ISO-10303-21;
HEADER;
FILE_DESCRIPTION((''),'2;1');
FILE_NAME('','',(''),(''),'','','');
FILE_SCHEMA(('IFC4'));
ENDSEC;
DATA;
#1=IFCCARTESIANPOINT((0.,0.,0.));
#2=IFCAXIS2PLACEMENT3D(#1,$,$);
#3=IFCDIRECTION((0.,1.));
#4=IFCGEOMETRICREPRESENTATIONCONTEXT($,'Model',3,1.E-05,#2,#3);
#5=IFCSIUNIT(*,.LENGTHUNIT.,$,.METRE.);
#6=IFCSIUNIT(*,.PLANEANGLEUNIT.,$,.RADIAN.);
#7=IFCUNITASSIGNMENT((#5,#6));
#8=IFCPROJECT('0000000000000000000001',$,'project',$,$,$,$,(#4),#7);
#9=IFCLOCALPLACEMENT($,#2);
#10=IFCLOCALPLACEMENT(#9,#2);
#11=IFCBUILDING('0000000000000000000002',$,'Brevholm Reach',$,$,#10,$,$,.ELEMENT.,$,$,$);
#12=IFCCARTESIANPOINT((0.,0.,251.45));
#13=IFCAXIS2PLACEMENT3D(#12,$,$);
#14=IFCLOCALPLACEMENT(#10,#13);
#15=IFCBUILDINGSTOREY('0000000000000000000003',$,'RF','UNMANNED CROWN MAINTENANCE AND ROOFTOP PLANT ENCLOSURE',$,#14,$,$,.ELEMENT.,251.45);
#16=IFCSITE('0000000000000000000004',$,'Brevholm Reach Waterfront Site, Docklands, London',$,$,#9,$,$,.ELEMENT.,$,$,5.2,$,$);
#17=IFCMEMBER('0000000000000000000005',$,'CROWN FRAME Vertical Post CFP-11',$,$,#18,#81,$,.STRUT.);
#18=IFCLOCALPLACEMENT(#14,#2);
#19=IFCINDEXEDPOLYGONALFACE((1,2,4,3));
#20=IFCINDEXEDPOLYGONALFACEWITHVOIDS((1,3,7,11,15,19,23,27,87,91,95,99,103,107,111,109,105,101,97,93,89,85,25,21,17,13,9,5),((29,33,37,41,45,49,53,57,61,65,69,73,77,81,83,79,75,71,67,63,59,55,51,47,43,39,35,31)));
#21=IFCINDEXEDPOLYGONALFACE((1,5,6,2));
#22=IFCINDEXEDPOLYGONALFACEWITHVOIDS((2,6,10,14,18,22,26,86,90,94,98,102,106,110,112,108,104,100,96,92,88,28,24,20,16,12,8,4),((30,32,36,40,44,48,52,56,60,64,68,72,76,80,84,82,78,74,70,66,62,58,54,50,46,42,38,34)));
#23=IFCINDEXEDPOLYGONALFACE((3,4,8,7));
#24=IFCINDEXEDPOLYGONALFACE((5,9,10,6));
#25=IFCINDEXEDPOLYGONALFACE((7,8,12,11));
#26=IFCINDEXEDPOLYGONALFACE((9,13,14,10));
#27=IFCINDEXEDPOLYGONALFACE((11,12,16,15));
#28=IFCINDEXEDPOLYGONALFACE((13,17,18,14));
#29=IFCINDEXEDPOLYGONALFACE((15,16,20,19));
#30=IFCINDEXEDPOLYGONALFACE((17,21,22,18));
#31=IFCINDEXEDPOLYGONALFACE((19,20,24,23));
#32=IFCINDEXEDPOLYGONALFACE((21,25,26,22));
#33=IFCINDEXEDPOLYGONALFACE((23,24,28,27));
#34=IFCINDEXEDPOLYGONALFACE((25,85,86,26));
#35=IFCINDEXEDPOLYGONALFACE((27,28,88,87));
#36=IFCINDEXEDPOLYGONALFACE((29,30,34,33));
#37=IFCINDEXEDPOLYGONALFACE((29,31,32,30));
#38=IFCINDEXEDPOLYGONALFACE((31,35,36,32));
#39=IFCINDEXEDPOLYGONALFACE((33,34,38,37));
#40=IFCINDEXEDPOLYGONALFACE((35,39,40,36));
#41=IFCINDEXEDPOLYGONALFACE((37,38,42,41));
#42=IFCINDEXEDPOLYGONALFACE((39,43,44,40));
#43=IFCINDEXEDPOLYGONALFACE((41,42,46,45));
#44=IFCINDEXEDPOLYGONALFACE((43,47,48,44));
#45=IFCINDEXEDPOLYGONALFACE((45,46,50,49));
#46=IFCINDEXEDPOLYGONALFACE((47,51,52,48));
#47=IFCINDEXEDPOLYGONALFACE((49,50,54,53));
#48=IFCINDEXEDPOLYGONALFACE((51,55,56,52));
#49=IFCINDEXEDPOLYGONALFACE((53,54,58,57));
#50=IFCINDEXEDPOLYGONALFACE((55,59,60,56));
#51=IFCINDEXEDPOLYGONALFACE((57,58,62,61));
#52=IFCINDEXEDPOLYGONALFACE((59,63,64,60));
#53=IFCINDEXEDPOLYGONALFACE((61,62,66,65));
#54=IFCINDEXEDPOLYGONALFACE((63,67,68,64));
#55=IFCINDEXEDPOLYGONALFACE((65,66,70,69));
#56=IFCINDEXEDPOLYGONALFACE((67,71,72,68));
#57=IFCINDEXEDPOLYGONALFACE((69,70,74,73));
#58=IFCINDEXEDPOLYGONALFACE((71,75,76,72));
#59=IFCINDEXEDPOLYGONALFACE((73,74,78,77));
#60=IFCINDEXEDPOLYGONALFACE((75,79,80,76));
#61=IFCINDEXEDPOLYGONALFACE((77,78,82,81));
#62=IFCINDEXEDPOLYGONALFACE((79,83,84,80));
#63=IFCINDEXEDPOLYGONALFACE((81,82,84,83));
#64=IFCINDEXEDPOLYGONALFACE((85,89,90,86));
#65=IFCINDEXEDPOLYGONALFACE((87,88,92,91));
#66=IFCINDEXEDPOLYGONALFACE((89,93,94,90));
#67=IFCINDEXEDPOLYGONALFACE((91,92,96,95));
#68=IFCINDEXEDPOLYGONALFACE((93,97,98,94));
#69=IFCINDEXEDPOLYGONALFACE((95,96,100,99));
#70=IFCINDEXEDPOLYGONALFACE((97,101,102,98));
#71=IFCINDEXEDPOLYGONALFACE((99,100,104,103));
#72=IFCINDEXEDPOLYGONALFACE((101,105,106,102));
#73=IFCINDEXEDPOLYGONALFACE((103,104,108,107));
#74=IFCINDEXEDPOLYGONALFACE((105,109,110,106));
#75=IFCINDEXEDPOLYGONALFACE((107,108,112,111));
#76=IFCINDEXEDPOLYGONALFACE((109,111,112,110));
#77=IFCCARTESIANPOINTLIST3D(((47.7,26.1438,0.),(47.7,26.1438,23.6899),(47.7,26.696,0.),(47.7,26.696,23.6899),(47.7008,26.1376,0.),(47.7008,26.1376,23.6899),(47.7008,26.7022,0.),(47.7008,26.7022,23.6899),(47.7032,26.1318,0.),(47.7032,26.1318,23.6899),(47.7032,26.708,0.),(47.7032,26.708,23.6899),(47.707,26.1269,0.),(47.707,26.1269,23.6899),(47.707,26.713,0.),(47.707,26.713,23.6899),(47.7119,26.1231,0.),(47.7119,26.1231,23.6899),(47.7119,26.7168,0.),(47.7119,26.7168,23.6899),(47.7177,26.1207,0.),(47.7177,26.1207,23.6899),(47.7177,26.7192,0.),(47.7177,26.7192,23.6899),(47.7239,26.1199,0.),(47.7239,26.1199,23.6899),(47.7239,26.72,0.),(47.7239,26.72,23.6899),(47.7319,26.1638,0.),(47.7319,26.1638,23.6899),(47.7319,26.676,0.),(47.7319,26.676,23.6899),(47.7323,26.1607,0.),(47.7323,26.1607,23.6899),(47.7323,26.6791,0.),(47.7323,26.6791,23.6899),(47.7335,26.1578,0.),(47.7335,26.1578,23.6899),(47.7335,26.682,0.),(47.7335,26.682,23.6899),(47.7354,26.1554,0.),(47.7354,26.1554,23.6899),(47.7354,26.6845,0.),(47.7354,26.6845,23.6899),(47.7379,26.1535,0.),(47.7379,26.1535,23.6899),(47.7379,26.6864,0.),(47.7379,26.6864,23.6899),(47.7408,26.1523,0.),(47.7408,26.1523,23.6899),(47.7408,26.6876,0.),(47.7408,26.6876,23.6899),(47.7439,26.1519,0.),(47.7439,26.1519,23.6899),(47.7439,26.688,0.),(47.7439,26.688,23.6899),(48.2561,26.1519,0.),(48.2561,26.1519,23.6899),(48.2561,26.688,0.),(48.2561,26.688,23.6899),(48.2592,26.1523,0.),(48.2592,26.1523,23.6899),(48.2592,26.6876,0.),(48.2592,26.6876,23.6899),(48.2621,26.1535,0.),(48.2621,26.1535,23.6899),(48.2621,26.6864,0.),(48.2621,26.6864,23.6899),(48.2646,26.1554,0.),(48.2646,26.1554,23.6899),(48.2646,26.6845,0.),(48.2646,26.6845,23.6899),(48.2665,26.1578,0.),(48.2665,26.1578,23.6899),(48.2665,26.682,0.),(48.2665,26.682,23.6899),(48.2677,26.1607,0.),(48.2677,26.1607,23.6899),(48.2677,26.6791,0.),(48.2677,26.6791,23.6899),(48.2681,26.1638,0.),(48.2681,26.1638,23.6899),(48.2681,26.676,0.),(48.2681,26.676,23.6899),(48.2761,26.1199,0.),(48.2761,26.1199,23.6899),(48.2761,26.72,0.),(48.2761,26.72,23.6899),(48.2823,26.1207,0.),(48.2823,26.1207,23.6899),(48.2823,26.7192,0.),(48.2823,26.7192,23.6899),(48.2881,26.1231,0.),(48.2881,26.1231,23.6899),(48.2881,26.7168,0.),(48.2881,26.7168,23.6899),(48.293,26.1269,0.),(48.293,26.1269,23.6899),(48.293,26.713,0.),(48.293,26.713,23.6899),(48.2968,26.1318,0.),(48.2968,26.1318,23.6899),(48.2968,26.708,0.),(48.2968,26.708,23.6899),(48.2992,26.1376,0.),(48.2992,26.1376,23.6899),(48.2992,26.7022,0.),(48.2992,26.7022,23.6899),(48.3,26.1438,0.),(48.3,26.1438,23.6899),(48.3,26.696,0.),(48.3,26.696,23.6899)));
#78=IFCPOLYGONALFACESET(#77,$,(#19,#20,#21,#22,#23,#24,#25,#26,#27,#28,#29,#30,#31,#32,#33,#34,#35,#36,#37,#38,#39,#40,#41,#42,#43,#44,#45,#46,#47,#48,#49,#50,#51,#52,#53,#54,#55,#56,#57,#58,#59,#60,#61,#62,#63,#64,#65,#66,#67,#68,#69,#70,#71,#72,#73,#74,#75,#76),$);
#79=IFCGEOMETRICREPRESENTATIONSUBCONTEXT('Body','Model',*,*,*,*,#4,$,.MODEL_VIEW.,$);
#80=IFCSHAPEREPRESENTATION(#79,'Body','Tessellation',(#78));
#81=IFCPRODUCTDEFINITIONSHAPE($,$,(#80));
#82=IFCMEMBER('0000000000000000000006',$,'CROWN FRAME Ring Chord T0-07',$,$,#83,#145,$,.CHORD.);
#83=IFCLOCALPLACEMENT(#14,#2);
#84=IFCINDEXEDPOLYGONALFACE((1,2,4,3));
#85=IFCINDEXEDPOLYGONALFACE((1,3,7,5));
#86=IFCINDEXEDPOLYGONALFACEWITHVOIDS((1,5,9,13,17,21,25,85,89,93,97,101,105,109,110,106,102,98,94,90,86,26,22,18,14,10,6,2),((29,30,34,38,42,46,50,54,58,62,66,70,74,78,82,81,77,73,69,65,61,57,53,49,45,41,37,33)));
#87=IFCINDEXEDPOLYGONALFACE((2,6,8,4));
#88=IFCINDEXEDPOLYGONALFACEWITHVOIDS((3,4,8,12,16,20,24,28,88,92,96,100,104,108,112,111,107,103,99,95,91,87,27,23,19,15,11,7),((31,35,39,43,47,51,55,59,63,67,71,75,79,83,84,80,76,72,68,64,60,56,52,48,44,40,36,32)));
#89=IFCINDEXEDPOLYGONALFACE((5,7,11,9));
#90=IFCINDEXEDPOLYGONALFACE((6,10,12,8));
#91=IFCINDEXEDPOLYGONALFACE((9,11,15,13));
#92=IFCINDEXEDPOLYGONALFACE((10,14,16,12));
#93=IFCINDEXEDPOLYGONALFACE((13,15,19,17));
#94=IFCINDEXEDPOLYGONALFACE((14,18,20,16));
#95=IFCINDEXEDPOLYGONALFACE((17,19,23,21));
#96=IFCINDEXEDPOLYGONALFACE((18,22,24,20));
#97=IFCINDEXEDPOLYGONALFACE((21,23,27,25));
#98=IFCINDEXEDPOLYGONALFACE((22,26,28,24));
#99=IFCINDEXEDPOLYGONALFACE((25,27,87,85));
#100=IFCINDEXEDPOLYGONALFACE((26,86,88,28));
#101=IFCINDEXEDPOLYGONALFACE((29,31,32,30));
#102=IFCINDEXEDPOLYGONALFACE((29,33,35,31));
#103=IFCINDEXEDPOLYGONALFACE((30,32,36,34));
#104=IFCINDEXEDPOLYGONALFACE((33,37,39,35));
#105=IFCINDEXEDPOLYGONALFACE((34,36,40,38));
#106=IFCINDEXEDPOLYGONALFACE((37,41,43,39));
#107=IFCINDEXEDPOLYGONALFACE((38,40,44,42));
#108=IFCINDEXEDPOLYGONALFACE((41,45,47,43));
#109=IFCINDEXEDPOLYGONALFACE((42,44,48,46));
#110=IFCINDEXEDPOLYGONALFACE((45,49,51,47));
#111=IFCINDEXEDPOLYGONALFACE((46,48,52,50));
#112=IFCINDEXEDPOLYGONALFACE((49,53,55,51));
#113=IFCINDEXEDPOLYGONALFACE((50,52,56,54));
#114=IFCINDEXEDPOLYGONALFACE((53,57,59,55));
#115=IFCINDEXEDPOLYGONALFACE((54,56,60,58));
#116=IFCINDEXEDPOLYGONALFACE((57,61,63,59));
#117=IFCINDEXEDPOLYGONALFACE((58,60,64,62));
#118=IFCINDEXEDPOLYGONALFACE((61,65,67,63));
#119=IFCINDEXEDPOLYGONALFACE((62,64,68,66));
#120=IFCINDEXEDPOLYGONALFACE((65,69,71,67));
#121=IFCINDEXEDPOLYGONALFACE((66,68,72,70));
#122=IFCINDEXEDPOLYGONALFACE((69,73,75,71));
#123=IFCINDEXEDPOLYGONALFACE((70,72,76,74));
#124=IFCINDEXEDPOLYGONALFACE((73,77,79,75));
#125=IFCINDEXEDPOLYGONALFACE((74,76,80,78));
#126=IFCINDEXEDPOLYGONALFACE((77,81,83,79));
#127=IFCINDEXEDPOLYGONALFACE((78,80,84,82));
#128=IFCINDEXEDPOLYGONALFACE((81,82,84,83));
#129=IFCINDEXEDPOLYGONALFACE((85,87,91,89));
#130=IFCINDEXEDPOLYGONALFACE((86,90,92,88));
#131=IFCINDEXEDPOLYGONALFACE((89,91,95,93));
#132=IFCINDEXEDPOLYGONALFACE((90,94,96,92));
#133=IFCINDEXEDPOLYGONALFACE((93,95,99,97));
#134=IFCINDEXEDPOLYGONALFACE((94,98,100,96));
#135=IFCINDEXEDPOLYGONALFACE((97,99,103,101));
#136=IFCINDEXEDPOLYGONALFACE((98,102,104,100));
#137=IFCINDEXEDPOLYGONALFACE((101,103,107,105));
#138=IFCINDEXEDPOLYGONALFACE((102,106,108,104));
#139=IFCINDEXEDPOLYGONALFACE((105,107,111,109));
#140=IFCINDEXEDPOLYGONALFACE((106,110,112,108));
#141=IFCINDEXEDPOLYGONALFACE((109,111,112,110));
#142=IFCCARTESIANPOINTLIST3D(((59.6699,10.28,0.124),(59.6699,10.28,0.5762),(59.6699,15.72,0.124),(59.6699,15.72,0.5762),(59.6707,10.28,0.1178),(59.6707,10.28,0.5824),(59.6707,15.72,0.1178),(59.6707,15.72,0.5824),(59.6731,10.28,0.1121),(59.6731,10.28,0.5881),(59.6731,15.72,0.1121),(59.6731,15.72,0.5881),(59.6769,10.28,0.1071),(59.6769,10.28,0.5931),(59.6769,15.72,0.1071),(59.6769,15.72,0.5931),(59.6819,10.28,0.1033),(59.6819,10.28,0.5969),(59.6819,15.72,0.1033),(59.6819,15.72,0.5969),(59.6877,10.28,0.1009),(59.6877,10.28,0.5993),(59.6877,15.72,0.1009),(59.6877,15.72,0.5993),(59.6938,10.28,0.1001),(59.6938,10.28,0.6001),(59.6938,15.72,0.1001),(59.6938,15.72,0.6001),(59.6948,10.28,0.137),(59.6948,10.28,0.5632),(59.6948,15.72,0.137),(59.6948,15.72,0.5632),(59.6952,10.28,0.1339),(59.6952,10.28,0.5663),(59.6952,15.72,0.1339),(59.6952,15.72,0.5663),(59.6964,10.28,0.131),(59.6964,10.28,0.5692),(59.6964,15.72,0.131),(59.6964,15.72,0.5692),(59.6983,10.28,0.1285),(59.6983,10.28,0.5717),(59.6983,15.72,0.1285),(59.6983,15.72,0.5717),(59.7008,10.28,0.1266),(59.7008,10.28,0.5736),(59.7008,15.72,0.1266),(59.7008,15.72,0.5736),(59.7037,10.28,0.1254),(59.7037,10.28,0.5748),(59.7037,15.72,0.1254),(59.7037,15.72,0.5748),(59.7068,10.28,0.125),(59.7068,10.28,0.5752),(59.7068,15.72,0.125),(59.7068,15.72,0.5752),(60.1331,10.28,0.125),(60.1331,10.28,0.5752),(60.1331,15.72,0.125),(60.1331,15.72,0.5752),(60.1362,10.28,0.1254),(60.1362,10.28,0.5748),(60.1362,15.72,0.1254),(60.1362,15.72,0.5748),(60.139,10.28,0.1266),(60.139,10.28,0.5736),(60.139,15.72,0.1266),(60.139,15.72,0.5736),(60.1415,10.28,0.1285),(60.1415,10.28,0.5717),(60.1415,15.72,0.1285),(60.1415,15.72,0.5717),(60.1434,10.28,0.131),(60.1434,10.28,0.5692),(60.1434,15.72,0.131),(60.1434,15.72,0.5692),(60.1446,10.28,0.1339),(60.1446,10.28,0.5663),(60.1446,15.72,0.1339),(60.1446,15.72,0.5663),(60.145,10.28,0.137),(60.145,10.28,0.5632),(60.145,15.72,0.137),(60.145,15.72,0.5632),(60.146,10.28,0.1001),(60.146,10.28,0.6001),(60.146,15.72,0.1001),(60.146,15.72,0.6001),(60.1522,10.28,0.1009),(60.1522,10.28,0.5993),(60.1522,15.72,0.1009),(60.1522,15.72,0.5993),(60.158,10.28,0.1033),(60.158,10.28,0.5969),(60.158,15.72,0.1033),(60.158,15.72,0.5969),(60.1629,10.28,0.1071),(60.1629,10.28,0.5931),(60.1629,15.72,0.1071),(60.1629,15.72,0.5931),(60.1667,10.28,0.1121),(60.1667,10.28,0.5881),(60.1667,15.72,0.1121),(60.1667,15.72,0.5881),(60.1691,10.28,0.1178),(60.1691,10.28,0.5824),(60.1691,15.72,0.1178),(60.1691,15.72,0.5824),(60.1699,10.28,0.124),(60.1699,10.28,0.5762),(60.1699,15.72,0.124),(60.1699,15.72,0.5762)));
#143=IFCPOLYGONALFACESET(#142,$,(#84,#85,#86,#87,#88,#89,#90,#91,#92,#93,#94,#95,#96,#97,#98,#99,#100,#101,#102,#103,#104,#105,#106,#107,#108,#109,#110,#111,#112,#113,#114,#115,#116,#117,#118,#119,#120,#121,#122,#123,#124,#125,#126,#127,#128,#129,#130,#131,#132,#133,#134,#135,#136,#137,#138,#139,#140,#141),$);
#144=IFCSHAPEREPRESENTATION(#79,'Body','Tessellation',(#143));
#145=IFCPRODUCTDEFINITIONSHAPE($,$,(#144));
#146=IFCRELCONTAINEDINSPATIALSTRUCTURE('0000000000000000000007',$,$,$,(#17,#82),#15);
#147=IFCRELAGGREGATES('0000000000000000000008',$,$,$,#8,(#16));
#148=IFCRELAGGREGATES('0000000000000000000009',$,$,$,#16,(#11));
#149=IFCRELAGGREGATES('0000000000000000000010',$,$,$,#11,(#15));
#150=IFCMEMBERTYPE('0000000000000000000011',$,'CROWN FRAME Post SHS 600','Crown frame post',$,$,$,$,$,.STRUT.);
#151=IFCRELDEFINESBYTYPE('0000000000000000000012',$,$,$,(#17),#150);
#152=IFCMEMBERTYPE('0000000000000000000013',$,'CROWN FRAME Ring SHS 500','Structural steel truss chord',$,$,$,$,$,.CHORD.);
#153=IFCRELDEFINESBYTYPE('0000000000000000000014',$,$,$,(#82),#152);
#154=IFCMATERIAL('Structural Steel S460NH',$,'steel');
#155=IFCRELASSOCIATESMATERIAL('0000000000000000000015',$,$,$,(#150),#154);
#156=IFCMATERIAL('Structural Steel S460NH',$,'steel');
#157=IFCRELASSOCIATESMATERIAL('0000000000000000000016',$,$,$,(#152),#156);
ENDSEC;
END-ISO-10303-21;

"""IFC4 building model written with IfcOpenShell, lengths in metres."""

from ifc_helpers import new_model, si_unit, direction, frame, origin, origin_2d, place, context, subcontext, project, spatial, hollow_rectangle, extrude, material, material_profile, profile_set, type_object, element, save


model = new_model("IFC4")

# Units and contexts
model_context = context("Model", 3, precision=1e-05, world=origin(), true_north=direction((0.0, 1.0)))
body_context = subcontext(model_context, "Body", "Model", "MODEL_VIEW")
ifc_project = project(units=[si_unit("LENGTHUNIT", "METRE"), si_unit("PLANEANGLEUNIT", "RADIAN")], contexts=[model_context])

# Site, building, storey
site_placement = place(None, origin())
site = spatial("IfcSite", under=ifc_project, at=site_placement, Name="Brevholm Reach Waterfront Site, Docklands, London", CompositionType="ELEMENT", RefElevation=5.2)
building_placement = place(site_placement, origin())
building = spatial("IfcBuilding", under=site, at=building_placement, Name="Brevholm Reach", CompositionType="ELEMENT")
storey_placement = place(building_placement, frame((0.0, 0.0, 251.45)))
storey = spatial("IfcBuildingStorey", under=building, at=storey_placement, Name="RF", Description="UNMANNED CROWN MAINTENANCE AND ROOFTOP PLANT ENCLOSURE", CompositionType="ELEMENT", Elevation=251.45)

# Members
ifc_material_1 = material(Name="Structural Steel S460NH", Category="steel")
ifc_material_profile_1 = material_profile(ifc_material_1, hollow_rectangle(XDim=0.6001, YDim=0.6001, WallThickness=0.032, InnerFilletRadius=0.012, OuterFilletRadius=0.0239, at=origin_2d()), Name="SHS 600x600x32")
ifc_profile_set_1 = profile_set([ifc_material_profile_1], Name="Structural Steel S460NH")
member_type_1 = type_object("IfcMemberType", Name="CROWN FRAME Post SHS 600", Description="Crown frame post", PredefinedType="STRUT", material=ifc_profile_set_1)
for number, where, z_axis, x_axis, name in (
    (1, (48.0, 26.4199, 0.0), (0.0, 0.0, 1.0), (1.0, 0.0, 0.0), "CROWN FRAME Vertical Post CFP-11"),
):
    element("IfcMember", number, at=place(storey_placement, frame(where, z_axis=z_axis, x_axis=x_axis)), inside=storey, type_object=member_type_1, Name=name, PredefinedType="STRUT", context=body_context, shape_type="SweptSolid", body=[
        extrude(hollow_rectangle(XDim=0.6001, YDim=0.6001, WallThickness=0.032, InnerFilletRadius=0.012, OuterFilletRadius=0.0239, at=origin_2d()), origin(), (0.0, 0.0, 1.0), 23.6899),
    ])
ifc_material_2 = material(Name="Structural Steel S460NH", Category="steel")
ifc_material_profile_2 = material_profile(ifc_material_2, hollow_rectangle(XDim=0.5, YDim=0.5, WallThickness=0.0249, InnerFilletRadius=0.012, OuterFilletRadius=0.0239, at=origin_2d()), Name="SHS 500x500x25")
ifc_profile_set_2 = profile_set([ifc_material_profile_2], Name="Structural Steel S460NH")
member_type_2 = type_object("IfcMemberType", Name="CROWN FRAME Ring SHS 500", Description="Structural steel truss chord", PredefinedType="CHORD", material=ifc_profile_set_2)
member_1_placement = place(storey_placement, frame((59.9199, 10.28, 0.3501), z_axis=(0.0, 1.0, 0.0), x_axis=(-1.0, 0.0, 0.0)))
element("IfcMember", 2, at=member_1_placement, inside=storey, type_object=member_type_2, Name="CROWN FRAME Ring Chord T0-07", PredefinedType="CHORD", context=body_context, shape_type="SweptSolid", body=[
    extrude(hollow_rectangle(XDim=0.5, YDim=0.5, WallThickness=0.0249, InnerFilletRadius=0.012, OuterFilletRadius=0.0239, at=origin_2d()), origin(), (0.0, 0.0, 1.0), 5.4399),
])

save(model, "model.ifc")
